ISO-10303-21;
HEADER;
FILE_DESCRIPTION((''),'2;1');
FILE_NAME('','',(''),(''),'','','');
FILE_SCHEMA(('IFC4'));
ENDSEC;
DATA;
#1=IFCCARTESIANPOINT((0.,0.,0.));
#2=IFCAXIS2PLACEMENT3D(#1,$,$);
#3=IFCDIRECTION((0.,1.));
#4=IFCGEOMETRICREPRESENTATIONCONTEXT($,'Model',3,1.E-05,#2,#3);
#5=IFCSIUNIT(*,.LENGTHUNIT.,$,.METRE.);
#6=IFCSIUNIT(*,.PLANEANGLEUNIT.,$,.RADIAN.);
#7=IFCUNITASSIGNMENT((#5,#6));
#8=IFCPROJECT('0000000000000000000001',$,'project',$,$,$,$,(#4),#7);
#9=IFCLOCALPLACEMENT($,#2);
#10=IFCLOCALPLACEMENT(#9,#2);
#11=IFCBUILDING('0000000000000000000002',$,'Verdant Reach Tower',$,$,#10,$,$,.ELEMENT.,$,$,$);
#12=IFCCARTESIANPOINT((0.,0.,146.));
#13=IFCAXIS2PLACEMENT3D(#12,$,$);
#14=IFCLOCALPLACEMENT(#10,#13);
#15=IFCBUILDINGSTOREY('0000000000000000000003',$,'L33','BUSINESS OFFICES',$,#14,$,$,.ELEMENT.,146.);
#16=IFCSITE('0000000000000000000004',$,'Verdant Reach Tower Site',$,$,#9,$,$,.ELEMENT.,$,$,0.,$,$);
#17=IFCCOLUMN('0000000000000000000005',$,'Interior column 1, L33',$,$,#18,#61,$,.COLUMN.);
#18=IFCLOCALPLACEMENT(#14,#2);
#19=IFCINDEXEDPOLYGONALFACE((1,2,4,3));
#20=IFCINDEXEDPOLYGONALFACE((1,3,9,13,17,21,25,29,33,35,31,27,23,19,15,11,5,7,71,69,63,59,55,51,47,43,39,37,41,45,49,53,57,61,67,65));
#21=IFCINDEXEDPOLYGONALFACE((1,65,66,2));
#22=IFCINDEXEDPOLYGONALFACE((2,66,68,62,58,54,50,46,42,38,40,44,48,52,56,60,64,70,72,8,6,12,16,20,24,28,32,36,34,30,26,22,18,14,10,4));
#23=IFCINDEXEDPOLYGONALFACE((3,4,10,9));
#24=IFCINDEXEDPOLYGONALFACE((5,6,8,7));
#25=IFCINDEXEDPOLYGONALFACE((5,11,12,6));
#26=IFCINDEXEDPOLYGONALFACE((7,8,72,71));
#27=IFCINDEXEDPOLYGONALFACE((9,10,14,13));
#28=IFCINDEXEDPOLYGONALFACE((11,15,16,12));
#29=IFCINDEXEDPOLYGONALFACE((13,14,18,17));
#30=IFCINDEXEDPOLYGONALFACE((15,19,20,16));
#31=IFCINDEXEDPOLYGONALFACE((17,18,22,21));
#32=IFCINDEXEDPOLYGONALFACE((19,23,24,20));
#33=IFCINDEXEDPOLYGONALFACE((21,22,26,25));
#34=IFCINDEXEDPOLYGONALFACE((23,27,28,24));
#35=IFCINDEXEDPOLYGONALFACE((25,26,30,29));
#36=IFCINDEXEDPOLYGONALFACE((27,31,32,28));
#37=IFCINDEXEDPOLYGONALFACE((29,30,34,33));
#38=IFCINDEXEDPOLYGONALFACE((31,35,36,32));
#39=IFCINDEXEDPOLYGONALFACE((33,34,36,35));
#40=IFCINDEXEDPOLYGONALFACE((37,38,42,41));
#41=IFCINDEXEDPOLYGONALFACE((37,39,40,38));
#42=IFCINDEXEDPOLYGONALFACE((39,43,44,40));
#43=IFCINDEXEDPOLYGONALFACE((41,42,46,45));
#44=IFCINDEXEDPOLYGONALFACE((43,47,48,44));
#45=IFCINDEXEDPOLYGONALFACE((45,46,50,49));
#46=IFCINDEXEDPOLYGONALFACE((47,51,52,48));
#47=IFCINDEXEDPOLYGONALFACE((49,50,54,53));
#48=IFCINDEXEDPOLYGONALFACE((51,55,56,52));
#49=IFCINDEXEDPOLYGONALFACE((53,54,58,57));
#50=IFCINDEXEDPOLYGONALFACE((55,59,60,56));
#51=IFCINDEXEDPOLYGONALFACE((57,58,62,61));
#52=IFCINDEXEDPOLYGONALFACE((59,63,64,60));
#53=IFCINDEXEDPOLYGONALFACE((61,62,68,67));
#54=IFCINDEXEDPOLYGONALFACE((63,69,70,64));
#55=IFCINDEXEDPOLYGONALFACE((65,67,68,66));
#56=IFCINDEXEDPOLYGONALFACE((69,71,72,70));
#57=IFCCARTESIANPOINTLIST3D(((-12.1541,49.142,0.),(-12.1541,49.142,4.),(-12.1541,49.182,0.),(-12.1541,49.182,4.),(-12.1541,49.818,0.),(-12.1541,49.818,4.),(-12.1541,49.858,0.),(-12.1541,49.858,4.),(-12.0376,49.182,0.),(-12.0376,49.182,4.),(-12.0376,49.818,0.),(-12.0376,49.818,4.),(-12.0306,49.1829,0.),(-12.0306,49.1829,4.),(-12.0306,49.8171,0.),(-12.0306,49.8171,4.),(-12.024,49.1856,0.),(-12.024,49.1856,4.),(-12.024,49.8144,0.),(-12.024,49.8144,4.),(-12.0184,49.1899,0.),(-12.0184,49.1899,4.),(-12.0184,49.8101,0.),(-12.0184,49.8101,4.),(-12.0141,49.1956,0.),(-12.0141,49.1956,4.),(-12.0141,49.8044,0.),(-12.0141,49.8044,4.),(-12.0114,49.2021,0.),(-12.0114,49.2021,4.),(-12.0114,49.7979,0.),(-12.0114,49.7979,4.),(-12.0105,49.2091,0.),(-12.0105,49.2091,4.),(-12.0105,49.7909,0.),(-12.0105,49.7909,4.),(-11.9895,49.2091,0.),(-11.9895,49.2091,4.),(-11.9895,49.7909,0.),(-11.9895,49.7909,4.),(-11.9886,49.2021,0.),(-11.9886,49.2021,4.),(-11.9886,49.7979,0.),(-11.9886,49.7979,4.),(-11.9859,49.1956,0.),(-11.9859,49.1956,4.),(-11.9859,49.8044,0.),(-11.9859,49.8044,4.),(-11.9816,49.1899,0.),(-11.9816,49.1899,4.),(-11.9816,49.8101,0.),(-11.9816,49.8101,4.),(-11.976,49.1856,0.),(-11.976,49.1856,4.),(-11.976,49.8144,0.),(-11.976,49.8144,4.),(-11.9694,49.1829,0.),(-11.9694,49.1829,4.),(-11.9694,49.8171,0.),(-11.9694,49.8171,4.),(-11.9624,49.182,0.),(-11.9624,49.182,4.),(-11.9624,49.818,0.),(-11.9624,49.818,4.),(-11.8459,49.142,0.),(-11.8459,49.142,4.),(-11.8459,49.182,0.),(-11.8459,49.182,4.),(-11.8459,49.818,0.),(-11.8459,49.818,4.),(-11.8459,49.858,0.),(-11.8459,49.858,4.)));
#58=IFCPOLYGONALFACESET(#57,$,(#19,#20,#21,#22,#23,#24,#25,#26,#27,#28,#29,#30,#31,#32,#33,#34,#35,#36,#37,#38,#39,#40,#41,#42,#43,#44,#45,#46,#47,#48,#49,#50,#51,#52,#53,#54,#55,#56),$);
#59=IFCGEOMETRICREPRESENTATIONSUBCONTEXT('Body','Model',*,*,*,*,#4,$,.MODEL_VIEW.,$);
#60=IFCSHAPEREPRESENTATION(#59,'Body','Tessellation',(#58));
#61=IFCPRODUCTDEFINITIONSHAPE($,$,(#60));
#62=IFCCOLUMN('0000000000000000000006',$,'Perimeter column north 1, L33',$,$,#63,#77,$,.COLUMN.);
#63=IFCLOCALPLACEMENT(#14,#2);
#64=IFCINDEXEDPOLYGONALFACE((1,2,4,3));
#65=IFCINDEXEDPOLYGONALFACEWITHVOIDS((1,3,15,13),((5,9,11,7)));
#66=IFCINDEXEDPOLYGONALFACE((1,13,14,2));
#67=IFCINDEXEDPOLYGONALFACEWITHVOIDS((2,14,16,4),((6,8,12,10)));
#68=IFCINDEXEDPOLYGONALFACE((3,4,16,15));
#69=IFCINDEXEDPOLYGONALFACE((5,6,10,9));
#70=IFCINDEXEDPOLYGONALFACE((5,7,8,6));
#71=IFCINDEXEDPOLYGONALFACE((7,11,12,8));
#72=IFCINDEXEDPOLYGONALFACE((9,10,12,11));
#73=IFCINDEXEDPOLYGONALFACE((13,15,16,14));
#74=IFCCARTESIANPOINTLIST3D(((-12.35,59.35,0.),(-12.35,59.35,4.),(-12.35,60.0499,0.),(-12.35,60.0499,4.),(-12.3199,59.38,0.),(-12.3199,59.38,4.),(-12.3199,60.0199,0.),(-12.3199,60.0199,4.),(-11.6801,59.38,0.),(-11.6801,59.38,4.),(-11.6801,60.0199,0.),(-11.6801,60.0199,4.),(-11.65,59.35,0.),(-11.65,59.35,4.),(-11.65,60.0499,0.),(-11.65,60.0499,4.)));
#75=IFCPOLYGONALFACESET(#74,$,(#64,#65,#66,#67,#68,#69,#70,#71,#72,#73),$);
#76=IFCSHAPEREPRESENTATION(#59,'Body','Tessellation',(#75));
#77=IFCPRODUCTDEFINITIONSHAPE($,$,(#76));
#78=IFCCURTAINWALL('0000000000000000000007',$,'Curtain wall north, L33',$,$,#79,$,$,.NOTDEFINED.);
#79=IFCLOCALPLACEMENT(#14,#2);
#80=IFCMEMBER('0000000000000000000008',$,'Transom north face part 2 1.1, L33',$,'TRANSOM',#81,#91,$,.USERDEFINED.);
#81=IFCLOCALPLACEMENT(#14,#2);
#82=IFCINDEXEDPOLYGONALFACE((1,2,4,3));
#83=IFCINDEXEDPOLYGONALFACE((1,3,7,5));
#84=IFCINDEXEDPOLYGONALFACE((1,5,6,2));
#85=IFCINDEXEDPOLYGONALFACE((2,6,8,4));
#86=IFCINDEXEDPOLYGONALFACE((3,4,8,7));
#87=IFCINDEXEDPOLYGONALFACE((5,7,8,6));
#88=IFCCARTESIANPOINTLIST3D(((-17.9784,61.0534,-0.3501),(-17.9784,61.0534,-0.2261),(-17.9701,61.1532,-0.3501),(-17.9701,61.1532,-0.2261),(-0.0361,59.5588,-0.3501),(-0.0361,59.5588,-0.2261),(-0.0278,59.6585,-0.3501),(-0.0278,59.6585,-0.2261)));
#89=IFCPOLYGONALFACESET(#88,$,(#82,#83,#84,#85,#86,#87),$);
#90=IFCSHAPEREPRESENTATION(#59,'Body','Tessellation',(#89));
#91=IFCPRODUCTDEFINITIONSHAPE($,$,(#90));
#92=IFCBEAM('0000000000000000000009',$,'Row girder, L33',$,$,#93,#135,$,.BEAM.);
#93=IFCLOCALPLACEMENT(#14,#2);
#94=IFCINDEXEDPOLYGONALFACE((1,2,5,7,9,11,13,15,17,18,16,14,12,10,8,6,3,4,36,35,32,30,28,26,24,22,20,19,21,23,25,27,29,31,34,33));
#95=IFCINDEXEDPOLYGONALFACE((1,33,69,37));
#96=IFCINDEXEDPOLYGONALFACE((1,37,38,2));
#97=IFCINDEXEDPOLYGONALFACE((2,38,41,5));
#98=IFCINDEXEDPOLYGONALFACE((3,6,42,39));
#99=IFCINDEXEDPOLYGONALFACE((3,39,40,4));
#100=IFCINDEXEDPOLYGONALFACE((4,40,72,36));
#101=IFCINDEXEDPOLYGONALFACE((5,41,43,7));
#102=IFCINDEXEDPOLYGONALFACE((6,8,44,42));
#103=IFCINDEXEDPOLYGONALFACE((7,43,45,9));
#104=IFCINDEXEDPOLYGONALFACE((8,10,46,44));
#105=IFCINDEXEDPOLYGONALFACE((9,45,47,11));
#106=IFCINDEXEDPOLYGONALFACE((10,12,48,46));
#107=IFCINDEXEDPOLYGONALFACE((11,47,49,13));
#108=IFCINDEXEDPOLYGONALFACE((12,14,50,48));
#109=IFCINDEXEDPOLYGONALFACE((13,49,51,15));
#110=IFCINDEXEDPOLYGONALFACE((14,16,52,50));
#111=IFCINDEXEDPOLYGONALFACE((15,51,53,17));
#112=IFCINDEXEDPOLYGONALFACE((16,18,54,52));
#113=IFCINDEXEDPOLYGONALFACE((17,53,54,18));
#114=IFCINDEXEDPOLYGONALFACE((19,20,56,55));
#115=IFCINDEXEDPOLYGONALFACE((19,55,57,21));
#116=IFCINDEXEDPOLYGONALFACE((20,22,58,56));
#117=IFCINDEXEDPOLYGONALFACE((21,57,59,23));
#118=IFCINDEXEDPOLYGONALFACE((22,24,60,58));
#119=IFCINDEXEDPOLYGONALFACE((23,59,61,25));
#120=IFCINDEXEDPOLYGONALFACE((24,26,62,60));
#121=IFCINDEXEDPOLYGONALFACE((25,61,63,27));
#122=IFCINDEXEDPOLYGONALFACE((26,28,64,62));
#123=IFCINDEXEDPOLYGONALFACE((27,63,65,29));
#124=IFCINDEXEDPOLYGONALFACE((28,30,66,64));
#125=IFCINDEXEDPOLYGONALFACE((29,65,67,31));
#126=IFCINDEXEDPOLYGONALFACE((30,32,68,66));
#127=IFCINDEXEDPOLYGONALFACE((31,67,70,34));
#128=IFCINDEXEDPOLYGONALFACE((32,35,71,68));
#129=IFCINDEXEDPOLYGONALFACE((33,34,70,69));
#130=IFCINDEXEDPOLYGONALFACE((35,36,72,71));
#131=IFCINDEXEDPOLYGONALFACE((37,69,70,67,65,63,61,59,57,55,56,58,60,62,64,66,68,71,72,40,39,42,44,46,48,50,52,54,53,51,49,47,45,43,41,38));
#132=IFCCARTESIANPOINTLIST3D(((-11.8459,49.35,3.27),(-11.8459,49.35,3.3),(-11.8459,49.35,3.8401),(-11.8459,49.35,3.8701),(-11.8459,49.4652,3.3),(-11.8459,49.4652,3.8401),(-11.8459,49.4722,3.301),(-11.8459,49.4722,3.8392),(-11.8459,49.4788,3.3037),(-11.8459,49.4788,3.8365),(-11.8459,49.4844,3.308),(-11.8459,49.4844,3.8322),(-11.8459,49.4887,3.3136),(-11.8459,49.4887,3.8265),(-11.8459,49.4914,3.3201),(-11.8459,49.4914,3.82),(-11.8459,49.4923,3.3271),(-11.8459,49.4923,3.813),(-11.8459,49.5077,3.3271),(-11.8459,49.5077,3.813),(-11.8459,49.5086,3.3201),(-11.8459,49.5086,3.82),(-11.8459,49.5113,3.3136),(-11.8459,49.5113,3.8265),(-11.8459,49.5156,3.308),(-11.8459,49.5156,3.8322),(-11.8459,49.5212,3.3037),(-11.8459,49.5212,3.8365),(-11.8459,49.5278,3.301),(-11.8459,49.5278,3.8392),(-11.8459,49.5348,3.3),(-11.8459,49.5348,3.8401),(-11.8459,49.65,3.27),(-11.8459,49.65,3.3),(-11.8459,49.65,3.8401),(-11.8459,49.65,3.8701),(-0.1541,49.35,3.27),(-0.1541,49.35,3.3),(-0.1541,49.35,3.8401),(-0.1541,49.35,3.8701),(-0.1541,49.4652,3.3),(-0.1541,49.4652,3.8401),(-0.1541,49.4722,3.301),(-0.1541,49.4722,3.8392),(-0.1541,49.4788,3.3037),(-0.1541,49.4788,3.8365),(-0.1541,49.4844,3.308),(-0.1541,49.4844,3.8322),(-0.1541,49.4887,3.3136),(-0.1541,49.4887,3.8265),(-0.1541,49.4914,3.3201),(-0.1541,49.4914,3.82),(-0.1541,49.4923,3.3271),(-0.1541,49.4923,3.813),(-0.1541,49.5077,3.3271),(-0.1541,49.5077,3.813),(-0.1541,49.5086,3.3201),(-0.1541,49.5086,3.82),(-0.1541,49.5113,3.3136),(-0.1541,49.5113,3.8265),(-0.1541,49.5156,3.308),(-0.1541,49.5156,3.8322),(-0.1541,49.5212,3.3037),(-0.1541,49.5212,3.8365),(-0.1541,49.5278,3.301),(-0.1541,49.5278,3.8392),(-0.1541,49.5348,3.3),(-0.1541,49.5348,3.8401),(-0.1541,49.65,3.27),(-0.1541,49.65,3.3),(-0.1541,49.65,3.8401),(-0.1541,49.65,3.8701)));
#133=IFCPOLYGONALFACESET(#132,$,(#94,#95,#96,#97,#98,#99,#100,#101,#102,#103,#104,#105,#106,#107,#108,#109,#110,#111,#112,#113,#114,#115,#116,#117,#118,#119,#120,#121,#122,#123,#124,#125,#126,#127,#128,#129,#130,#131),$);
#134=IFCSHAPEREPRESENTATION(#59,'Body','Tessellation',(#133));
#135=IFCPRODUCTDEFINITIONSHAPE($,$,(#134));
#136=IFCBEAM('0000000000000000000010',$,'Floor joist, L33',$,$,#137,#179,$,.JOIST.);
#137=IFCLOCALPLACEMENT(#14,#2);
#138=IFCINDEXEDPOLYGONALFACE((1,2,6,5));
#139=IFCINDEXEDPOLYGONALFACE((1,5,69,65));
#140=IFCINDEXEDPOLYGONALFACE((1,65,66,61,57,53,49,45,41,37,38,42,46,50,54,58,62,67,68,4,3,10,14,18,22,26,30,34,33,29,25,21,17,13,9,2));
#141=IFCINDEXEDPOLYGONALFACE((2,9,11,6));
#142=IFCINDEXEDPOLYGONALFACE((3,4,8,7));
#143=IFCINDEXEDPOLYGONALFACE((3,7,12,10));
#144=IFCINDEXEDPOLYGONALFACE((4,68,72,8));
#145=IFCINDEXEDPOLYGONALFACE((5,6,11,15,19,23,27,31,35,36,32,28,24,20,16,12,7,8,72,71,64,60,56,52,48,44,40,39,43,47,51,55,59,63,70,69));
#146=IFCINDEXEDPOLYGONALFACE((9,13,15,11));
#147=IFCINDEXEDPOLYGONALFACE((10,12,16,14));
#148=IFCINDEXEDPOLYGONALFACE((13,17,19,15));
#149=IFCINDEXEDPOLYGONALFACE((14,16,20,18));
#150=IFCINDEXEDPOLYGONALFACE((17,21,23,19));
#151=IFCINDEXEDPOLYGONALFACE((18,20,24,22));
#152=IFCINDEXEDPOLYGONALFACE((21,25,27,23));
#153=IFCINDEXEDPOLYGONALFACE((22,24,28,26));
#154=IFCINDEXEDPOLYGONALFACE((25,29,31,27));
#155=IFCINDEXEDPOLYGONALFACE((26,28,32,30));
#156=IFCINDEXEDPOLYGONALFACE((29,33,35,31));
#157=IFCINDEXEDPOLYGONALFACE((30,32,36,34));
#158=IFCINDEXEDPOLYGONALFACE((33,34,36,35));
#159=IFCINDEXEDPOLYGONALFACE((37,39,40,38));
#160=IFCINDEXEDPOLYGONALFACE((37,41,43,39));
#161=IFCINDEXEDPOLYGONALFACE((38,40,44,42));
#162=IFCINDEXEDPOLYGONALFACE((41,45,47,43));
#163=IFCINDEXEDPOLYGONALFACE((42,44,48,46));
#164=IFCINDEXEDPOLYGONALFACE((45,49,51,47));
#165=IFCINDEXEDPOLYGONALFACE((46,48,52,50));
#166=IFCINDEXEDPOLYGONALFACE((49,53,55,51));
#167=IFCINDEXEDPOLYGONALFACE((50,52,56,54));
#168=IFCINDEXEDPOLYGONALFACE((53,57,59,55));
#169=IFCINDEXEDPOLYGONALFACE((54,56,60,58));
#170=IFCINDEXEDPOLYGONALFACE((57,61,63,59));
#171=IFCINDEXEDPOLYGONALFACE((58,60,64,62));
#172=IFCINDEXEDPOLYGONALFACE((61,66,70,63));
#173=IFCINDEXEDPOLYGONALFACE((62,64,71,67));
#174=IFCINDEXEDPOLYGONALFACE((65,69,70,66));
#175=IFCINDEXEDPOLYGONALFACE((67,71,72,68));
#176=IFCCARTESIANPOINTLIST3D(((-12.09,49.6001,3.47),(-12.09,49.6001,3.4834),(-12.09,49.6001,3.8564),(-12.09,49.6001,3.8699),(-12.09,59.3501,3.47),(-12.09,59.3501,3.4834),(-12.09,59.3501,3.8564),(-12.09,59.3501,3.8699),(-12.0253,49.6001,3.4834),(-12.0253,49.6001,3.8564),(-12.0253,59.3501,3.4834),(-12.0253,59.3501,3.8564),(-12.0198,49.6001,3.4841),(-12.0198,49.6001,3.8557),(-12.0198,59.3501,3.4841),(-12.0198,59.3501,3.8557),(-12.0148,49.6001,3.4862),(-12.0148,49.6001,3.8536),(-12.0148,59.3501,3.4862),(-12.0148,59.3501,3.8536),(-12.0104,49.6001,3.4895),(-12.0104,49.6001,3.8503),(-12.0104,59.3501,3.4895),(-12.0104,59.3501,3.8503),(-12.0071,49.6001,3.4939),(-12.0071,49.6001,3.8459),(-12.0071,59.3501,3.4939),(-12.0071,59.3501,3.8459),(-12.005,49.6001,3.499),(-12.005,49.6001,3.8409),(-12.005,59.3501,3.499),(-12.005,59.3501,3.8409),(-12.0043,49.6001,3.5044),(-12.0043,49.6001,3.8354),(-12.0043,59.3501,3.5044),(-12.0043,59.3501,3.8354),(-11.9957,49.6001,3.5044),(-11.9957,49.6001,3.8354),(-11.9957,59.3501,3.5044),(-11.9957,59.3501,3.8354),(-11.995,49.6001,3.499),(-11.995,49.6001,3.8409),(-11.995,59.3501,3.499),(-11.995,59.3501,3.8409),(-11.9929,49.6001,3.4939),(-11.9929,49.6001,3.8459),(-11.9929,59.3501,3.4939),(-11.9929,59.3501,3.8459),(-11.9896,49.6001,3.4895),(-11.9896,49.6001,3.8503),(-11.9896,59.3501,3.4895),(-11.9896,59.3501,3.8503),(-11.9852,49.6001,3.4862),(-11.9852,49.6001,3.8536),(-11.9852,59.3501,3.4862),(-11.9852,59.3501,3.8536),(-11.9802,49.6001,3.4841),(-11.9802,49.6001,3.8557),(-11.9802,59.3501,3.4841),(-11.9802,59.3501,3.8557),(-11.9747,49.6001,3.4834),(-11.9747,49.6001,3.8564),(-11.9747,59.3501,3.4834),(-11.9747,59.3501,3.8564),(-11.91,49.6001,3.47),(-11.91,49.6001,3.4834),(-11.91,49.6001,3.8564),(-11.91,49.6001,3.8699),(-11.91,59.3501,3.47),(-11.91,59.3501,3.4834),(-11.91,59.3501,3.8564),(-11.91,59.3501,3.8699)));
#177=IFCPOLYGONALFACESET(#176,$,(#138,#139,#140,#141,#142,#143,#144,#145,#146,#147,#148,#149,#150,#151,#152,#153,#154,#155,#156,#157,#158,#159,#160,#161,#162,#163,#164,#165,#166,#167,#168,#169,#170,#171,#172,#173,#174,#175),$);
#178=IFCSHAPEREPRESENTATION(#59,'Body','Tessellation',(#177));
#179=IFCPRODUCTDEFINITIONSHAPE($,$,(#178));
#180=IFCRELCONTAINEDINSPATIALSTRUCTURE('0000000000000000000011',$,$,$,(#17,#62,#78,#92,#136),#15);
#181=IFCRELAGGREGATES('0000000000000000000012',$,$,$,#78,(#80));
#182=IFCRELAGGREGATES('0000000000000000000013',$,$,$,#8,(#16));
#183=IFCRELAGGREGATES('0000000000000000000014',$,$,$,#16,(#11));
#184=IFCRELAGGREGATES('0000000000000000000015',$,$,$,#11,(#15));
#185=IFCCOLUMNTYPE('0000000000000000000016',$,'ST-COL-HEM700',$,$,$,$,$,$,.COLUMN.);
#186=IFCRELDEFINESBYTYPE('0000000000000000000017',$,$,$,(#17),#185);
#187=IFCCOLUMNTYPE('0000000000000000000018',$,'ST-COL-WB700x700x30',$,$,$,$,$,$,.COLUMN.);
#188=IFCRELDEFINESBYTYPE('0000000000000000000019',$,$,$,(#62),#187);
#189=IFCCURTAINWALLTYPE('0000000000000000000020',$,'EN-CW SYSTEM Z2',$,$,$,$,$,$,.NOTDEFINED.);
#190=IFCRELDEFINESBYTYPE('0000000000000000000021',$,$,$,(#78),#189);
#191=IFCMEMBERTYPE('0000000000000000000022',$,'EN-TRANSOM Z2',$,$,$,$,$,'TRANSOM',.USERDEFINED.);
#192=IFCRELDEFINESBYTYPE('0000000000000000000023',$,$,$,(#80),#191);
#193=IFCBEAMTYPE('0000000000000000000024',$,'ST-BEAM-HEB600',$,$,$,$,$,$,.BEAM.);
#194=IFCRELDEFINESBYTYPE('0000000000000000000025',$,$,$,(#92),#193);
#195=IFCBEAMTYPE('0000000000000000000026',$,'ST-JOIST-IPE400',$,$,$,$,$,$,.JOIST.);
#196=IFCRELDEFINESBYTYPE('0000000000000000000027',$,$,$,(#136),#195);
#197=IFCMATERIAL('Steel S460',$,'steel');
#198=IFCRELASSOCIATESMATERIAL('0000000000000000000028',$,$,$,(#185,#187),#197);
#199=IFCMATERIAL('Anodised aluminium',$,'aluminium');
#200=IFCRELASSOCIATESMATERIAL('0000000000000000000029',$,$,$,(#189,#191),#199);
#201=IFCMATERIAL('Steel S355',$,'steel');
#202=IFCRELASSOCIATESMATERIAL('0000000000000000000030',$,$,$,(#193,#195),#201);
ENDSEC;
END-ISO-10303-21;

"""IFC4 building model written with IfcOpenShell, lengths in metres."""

from ifc_helpers import new_model, si_unit, direction, frame, origin, origin_2d, place, context, subcontext, project, spatial, rectangle, hollow_rectangle, i_section, extrude, material, material_profile, profile_set, type_object, element, aggregate, save


model = new_model("IFC4")

# Units and contexts
model_context = context("Model", 3, precision=1e-05, world=origin(), true_north=direction((0.0, 1.0)))
body_context = subcontext(model_context, "Body", "Model", "MODEL_VIEW")
ifc_project = project(units=[si_unit("LENGTHUNIT", "METRE"), si_unit("PLANEANGLEUNIT", "RADIAN")], contexts=[model_context])

# Site, building, storey
site_placement = place(None, origin())
site = spatial("IfcSite", under=ifc_project, at=site_placement, Name="Verdant Reach Tower Site", CompositionType="ELEMENT", RefElevation=0.0)
building_placement = place(site_placement, origin())
building = spatial("IfcBuilding", under=site, at=building_placement, Name="Verdant Reach Tower", CompositionType="ELEMENT")
storey_placement = place(building_placement, frame((0.0, 0.0, 146.0)))
storey = spatial("IfcBuildingStorey", under=building, at=storey_placement, Name="L33", Description="BUSINESS OFFICES", CompositionType="ELEMENT", Elevation=146.0)

# Columns
ifc_material_1 = material(Name="Steel S460", Category="steel")
ifc_material_profile_1 = material_profile(ifc_material_1, i_section(OverallWidth=0.3081, OverallDepth=0.7161, WebThickness=0.021, FlangeThickness=0.04, FilletRadius=0.0271, at=origin_2d()), Name="HEM 700")
ifc_profile_set_1 = profile_set([ifc_material_profile_1], Name="Steel S460")
column_type_1 = type_object("IfcColumnType", Name="ST-COL-HEM700", PredefinedType="COLUMN", material=ifc_profile_set_1)
column_1_placement = place(storey_placement, frame((-12.0, 49.5, 0.0), z_axis=(0.0, 0.0, 1.0), x_axis=(1.0, 0.0, 0.0)))
element("IfcColumn", 1, at=column_1_placement, inside=storey, type_object=column_type_1, Name="Interior column 1, L33", PredefinedType="COLUMN", context=body_context, shape_type="SweptSolid", body=[
    extrude(i_section(OverallWidth=0.3081, OverallDepth=0.7161, WebThickness=0.021, FlangeThickness=0.04, FilletRadius=0.0271, at=origin_2d()), origin(), (0.0, 0.0, 1.0), 4.0),
])
ifc_material_profile_2 = material_profile(ifc_material_1, hollow_rectangle(XDim=0.7, YDim=0.7, WallThickness=0.03, at=origin_2d()), Name="WB 700x700x30")
ifc_profile_set_2 = profile_set([ifc_material_profile_2], Name="Steel S460")
column_type_2 = type_object("IfcColumnType", Name="ST-COL-WB700x700x30", PredefinedType="COLUMN", material=ifc_profile_set_2)
column_2_placement = place(storey_placement, frame((-12.0, 59.7, 0.0), z_axis=(0.0, 0.0, 1.0), x_axis=(1.0, 0.0, 0.0)))
element("IfcColumn", 2, at=column_2_placement, inside=storey, type_object=column_type_2, Name="Perimeter column north 1, L33", PredefinedType="COLUMN", context=body_context, shape_type="SweptSolid", body=[
    extrude(hollow_rectangle(XDim=0.7, YDim=0.7, WallThickness=0.03, at=origin_2d()), origin(), (0.0, 0.0, 1.0), 4.0),
])

# Curtain wall, member
ifc_material_2 = material(Name="Anodised aluminium", Category="aluminium")
curtain_wall_type = type_object("IfcCurtainWallType", Name="EN-CW SYSTEM Z2", PredefinedType="NOTDEFINED", material=ifc_material_2)
curtain_wall_placement = place(storey_placement, origin())
curtain_wall = element("IfcCurtainWall", 3, at=curtain_wall_placement, inside=storey, type_object=curtain_wall_type, Name="Curtain wall north, L33", PredefinedType="NOTDEFINED")
ifc_material_profile_3 = material_profile(ifc_material_2, rectangle(XDim=0.1001, YDim=0.124, at=origin_2d()), Name="Transom 124x100")
ifc_profile_set_3 = profile_set([ifc_material_profile_3], Name="Anodised aluminium")
member_type = type_object("IfcMemberType", Name="EN-TRANSOM Z2", ElementType="TRANSOM", PredefinedType="USERDEFINED", material=ifc_profile_set_3)
member_placement = place(storey_placement, frame((-0.032, 59.6086, -0.2881), z_axis=(-0.996548, 0.083015, 0.0), x_axis=(-0.083015, -0.996548, 0.0)))
member = element("IfcMember", 4, at=member_placement, type_object=member_type, Name="Transom north face part 2 1.1, L33", ObjectType="TRANSOM", PredefinedType="USERDEFINED", context=body_context, shape_type="SweptSolid", body=[
    extrude(rectangle(XDim=0.1001, YDim=0.124, at=origin_2d()), origin(), (0.0, 0.0, 1.0), 18.0044),
])

# Beams
ifc_material_3 = material(Name="Steel S355", Category="steel")
ifc_material_profile_4 = material_profile(ifc_material_3, i_section(OverallWidth=0.3, OverallDepth=0.6001, WebThickness=0.0154, FlangeThickness=0.03, FilletRadius=0.0271, at=origin_2d()), Name="HEB 600")
ifc_profile_set_4 = profile_set([ifc_material_profile_4], Name="Steel S355")
beam_type_1 = type_object("IfcBeamType", Name="ST-BEAM-HEB600", PredefinedType="BEAM", material=ifc_profile_set_4)
beam_1_placement = place(storey_placement, frame((-11.8459, 49.5, 3.5701), z_axis=(1.0, 0.0, 0.0), x_axis=(0.0, 1.0, 0.0)))
element("IfcBeam", 5, at=beam_1_placement, inside=storey, type_object=beam_type_1, Name="Row girder, L33", PredefinedType="BEAM", context=body_context, shape_type="SweptSolid", body=[
    extrude(i_section(OverallWidth=0.3, OverallDepth=0.6001, WebThickness=0.0154, FlangeThickness=0.03, FilletRadius=0.0271, at=origin_2d()), origin(), (0.0, 0.0, 1.0), 11.6919),
])
ifc_material_profile_5 = material_profile(ifc_material_3, i_section(OverallWidth=0.1799, OverallDepth=0.3999, WebThickness=0.0085, FlangeThickness=0.0134, FilletRadius=0.021, at=origin_2d()), Name="IPE 400")
ifc_profile_set_5 = profile_set([ifc_material_profile_5], Name="Steel S355")
beam_type_2 = type_object("IfcBeamType", Name="ST-JOIST-IPE400", PredefinedType="JOIST", material=ifc_profile_set_5)
beam_2_placement = place(storey_placement, frame((-12.0, 49.6001, 3.6699), z_axis=(0.0, 1.0, 0.0), x_axis=(-1.0, 0.0, 0.0)))
element("IfcBeam", 6, at=beam_2_placement, inside=storey, type_object=beam_type_2, Name="Floor joist, L33", PredefinedType="JOIST", context=body_context, shape_type="SweptSolid", body=[
    extrude(i_section(OverallWidth=0.1799, OverallDepth=0.3999, WebThickness=0.0085, FlangeThickness=0.0134, FilletRadius=0.021, at=origin_2d()), origin(), (0.0, 0.0, 1.0), 9.75),
])

aggregate(curtain_wall, [member])

save(model, "model.ifc")
